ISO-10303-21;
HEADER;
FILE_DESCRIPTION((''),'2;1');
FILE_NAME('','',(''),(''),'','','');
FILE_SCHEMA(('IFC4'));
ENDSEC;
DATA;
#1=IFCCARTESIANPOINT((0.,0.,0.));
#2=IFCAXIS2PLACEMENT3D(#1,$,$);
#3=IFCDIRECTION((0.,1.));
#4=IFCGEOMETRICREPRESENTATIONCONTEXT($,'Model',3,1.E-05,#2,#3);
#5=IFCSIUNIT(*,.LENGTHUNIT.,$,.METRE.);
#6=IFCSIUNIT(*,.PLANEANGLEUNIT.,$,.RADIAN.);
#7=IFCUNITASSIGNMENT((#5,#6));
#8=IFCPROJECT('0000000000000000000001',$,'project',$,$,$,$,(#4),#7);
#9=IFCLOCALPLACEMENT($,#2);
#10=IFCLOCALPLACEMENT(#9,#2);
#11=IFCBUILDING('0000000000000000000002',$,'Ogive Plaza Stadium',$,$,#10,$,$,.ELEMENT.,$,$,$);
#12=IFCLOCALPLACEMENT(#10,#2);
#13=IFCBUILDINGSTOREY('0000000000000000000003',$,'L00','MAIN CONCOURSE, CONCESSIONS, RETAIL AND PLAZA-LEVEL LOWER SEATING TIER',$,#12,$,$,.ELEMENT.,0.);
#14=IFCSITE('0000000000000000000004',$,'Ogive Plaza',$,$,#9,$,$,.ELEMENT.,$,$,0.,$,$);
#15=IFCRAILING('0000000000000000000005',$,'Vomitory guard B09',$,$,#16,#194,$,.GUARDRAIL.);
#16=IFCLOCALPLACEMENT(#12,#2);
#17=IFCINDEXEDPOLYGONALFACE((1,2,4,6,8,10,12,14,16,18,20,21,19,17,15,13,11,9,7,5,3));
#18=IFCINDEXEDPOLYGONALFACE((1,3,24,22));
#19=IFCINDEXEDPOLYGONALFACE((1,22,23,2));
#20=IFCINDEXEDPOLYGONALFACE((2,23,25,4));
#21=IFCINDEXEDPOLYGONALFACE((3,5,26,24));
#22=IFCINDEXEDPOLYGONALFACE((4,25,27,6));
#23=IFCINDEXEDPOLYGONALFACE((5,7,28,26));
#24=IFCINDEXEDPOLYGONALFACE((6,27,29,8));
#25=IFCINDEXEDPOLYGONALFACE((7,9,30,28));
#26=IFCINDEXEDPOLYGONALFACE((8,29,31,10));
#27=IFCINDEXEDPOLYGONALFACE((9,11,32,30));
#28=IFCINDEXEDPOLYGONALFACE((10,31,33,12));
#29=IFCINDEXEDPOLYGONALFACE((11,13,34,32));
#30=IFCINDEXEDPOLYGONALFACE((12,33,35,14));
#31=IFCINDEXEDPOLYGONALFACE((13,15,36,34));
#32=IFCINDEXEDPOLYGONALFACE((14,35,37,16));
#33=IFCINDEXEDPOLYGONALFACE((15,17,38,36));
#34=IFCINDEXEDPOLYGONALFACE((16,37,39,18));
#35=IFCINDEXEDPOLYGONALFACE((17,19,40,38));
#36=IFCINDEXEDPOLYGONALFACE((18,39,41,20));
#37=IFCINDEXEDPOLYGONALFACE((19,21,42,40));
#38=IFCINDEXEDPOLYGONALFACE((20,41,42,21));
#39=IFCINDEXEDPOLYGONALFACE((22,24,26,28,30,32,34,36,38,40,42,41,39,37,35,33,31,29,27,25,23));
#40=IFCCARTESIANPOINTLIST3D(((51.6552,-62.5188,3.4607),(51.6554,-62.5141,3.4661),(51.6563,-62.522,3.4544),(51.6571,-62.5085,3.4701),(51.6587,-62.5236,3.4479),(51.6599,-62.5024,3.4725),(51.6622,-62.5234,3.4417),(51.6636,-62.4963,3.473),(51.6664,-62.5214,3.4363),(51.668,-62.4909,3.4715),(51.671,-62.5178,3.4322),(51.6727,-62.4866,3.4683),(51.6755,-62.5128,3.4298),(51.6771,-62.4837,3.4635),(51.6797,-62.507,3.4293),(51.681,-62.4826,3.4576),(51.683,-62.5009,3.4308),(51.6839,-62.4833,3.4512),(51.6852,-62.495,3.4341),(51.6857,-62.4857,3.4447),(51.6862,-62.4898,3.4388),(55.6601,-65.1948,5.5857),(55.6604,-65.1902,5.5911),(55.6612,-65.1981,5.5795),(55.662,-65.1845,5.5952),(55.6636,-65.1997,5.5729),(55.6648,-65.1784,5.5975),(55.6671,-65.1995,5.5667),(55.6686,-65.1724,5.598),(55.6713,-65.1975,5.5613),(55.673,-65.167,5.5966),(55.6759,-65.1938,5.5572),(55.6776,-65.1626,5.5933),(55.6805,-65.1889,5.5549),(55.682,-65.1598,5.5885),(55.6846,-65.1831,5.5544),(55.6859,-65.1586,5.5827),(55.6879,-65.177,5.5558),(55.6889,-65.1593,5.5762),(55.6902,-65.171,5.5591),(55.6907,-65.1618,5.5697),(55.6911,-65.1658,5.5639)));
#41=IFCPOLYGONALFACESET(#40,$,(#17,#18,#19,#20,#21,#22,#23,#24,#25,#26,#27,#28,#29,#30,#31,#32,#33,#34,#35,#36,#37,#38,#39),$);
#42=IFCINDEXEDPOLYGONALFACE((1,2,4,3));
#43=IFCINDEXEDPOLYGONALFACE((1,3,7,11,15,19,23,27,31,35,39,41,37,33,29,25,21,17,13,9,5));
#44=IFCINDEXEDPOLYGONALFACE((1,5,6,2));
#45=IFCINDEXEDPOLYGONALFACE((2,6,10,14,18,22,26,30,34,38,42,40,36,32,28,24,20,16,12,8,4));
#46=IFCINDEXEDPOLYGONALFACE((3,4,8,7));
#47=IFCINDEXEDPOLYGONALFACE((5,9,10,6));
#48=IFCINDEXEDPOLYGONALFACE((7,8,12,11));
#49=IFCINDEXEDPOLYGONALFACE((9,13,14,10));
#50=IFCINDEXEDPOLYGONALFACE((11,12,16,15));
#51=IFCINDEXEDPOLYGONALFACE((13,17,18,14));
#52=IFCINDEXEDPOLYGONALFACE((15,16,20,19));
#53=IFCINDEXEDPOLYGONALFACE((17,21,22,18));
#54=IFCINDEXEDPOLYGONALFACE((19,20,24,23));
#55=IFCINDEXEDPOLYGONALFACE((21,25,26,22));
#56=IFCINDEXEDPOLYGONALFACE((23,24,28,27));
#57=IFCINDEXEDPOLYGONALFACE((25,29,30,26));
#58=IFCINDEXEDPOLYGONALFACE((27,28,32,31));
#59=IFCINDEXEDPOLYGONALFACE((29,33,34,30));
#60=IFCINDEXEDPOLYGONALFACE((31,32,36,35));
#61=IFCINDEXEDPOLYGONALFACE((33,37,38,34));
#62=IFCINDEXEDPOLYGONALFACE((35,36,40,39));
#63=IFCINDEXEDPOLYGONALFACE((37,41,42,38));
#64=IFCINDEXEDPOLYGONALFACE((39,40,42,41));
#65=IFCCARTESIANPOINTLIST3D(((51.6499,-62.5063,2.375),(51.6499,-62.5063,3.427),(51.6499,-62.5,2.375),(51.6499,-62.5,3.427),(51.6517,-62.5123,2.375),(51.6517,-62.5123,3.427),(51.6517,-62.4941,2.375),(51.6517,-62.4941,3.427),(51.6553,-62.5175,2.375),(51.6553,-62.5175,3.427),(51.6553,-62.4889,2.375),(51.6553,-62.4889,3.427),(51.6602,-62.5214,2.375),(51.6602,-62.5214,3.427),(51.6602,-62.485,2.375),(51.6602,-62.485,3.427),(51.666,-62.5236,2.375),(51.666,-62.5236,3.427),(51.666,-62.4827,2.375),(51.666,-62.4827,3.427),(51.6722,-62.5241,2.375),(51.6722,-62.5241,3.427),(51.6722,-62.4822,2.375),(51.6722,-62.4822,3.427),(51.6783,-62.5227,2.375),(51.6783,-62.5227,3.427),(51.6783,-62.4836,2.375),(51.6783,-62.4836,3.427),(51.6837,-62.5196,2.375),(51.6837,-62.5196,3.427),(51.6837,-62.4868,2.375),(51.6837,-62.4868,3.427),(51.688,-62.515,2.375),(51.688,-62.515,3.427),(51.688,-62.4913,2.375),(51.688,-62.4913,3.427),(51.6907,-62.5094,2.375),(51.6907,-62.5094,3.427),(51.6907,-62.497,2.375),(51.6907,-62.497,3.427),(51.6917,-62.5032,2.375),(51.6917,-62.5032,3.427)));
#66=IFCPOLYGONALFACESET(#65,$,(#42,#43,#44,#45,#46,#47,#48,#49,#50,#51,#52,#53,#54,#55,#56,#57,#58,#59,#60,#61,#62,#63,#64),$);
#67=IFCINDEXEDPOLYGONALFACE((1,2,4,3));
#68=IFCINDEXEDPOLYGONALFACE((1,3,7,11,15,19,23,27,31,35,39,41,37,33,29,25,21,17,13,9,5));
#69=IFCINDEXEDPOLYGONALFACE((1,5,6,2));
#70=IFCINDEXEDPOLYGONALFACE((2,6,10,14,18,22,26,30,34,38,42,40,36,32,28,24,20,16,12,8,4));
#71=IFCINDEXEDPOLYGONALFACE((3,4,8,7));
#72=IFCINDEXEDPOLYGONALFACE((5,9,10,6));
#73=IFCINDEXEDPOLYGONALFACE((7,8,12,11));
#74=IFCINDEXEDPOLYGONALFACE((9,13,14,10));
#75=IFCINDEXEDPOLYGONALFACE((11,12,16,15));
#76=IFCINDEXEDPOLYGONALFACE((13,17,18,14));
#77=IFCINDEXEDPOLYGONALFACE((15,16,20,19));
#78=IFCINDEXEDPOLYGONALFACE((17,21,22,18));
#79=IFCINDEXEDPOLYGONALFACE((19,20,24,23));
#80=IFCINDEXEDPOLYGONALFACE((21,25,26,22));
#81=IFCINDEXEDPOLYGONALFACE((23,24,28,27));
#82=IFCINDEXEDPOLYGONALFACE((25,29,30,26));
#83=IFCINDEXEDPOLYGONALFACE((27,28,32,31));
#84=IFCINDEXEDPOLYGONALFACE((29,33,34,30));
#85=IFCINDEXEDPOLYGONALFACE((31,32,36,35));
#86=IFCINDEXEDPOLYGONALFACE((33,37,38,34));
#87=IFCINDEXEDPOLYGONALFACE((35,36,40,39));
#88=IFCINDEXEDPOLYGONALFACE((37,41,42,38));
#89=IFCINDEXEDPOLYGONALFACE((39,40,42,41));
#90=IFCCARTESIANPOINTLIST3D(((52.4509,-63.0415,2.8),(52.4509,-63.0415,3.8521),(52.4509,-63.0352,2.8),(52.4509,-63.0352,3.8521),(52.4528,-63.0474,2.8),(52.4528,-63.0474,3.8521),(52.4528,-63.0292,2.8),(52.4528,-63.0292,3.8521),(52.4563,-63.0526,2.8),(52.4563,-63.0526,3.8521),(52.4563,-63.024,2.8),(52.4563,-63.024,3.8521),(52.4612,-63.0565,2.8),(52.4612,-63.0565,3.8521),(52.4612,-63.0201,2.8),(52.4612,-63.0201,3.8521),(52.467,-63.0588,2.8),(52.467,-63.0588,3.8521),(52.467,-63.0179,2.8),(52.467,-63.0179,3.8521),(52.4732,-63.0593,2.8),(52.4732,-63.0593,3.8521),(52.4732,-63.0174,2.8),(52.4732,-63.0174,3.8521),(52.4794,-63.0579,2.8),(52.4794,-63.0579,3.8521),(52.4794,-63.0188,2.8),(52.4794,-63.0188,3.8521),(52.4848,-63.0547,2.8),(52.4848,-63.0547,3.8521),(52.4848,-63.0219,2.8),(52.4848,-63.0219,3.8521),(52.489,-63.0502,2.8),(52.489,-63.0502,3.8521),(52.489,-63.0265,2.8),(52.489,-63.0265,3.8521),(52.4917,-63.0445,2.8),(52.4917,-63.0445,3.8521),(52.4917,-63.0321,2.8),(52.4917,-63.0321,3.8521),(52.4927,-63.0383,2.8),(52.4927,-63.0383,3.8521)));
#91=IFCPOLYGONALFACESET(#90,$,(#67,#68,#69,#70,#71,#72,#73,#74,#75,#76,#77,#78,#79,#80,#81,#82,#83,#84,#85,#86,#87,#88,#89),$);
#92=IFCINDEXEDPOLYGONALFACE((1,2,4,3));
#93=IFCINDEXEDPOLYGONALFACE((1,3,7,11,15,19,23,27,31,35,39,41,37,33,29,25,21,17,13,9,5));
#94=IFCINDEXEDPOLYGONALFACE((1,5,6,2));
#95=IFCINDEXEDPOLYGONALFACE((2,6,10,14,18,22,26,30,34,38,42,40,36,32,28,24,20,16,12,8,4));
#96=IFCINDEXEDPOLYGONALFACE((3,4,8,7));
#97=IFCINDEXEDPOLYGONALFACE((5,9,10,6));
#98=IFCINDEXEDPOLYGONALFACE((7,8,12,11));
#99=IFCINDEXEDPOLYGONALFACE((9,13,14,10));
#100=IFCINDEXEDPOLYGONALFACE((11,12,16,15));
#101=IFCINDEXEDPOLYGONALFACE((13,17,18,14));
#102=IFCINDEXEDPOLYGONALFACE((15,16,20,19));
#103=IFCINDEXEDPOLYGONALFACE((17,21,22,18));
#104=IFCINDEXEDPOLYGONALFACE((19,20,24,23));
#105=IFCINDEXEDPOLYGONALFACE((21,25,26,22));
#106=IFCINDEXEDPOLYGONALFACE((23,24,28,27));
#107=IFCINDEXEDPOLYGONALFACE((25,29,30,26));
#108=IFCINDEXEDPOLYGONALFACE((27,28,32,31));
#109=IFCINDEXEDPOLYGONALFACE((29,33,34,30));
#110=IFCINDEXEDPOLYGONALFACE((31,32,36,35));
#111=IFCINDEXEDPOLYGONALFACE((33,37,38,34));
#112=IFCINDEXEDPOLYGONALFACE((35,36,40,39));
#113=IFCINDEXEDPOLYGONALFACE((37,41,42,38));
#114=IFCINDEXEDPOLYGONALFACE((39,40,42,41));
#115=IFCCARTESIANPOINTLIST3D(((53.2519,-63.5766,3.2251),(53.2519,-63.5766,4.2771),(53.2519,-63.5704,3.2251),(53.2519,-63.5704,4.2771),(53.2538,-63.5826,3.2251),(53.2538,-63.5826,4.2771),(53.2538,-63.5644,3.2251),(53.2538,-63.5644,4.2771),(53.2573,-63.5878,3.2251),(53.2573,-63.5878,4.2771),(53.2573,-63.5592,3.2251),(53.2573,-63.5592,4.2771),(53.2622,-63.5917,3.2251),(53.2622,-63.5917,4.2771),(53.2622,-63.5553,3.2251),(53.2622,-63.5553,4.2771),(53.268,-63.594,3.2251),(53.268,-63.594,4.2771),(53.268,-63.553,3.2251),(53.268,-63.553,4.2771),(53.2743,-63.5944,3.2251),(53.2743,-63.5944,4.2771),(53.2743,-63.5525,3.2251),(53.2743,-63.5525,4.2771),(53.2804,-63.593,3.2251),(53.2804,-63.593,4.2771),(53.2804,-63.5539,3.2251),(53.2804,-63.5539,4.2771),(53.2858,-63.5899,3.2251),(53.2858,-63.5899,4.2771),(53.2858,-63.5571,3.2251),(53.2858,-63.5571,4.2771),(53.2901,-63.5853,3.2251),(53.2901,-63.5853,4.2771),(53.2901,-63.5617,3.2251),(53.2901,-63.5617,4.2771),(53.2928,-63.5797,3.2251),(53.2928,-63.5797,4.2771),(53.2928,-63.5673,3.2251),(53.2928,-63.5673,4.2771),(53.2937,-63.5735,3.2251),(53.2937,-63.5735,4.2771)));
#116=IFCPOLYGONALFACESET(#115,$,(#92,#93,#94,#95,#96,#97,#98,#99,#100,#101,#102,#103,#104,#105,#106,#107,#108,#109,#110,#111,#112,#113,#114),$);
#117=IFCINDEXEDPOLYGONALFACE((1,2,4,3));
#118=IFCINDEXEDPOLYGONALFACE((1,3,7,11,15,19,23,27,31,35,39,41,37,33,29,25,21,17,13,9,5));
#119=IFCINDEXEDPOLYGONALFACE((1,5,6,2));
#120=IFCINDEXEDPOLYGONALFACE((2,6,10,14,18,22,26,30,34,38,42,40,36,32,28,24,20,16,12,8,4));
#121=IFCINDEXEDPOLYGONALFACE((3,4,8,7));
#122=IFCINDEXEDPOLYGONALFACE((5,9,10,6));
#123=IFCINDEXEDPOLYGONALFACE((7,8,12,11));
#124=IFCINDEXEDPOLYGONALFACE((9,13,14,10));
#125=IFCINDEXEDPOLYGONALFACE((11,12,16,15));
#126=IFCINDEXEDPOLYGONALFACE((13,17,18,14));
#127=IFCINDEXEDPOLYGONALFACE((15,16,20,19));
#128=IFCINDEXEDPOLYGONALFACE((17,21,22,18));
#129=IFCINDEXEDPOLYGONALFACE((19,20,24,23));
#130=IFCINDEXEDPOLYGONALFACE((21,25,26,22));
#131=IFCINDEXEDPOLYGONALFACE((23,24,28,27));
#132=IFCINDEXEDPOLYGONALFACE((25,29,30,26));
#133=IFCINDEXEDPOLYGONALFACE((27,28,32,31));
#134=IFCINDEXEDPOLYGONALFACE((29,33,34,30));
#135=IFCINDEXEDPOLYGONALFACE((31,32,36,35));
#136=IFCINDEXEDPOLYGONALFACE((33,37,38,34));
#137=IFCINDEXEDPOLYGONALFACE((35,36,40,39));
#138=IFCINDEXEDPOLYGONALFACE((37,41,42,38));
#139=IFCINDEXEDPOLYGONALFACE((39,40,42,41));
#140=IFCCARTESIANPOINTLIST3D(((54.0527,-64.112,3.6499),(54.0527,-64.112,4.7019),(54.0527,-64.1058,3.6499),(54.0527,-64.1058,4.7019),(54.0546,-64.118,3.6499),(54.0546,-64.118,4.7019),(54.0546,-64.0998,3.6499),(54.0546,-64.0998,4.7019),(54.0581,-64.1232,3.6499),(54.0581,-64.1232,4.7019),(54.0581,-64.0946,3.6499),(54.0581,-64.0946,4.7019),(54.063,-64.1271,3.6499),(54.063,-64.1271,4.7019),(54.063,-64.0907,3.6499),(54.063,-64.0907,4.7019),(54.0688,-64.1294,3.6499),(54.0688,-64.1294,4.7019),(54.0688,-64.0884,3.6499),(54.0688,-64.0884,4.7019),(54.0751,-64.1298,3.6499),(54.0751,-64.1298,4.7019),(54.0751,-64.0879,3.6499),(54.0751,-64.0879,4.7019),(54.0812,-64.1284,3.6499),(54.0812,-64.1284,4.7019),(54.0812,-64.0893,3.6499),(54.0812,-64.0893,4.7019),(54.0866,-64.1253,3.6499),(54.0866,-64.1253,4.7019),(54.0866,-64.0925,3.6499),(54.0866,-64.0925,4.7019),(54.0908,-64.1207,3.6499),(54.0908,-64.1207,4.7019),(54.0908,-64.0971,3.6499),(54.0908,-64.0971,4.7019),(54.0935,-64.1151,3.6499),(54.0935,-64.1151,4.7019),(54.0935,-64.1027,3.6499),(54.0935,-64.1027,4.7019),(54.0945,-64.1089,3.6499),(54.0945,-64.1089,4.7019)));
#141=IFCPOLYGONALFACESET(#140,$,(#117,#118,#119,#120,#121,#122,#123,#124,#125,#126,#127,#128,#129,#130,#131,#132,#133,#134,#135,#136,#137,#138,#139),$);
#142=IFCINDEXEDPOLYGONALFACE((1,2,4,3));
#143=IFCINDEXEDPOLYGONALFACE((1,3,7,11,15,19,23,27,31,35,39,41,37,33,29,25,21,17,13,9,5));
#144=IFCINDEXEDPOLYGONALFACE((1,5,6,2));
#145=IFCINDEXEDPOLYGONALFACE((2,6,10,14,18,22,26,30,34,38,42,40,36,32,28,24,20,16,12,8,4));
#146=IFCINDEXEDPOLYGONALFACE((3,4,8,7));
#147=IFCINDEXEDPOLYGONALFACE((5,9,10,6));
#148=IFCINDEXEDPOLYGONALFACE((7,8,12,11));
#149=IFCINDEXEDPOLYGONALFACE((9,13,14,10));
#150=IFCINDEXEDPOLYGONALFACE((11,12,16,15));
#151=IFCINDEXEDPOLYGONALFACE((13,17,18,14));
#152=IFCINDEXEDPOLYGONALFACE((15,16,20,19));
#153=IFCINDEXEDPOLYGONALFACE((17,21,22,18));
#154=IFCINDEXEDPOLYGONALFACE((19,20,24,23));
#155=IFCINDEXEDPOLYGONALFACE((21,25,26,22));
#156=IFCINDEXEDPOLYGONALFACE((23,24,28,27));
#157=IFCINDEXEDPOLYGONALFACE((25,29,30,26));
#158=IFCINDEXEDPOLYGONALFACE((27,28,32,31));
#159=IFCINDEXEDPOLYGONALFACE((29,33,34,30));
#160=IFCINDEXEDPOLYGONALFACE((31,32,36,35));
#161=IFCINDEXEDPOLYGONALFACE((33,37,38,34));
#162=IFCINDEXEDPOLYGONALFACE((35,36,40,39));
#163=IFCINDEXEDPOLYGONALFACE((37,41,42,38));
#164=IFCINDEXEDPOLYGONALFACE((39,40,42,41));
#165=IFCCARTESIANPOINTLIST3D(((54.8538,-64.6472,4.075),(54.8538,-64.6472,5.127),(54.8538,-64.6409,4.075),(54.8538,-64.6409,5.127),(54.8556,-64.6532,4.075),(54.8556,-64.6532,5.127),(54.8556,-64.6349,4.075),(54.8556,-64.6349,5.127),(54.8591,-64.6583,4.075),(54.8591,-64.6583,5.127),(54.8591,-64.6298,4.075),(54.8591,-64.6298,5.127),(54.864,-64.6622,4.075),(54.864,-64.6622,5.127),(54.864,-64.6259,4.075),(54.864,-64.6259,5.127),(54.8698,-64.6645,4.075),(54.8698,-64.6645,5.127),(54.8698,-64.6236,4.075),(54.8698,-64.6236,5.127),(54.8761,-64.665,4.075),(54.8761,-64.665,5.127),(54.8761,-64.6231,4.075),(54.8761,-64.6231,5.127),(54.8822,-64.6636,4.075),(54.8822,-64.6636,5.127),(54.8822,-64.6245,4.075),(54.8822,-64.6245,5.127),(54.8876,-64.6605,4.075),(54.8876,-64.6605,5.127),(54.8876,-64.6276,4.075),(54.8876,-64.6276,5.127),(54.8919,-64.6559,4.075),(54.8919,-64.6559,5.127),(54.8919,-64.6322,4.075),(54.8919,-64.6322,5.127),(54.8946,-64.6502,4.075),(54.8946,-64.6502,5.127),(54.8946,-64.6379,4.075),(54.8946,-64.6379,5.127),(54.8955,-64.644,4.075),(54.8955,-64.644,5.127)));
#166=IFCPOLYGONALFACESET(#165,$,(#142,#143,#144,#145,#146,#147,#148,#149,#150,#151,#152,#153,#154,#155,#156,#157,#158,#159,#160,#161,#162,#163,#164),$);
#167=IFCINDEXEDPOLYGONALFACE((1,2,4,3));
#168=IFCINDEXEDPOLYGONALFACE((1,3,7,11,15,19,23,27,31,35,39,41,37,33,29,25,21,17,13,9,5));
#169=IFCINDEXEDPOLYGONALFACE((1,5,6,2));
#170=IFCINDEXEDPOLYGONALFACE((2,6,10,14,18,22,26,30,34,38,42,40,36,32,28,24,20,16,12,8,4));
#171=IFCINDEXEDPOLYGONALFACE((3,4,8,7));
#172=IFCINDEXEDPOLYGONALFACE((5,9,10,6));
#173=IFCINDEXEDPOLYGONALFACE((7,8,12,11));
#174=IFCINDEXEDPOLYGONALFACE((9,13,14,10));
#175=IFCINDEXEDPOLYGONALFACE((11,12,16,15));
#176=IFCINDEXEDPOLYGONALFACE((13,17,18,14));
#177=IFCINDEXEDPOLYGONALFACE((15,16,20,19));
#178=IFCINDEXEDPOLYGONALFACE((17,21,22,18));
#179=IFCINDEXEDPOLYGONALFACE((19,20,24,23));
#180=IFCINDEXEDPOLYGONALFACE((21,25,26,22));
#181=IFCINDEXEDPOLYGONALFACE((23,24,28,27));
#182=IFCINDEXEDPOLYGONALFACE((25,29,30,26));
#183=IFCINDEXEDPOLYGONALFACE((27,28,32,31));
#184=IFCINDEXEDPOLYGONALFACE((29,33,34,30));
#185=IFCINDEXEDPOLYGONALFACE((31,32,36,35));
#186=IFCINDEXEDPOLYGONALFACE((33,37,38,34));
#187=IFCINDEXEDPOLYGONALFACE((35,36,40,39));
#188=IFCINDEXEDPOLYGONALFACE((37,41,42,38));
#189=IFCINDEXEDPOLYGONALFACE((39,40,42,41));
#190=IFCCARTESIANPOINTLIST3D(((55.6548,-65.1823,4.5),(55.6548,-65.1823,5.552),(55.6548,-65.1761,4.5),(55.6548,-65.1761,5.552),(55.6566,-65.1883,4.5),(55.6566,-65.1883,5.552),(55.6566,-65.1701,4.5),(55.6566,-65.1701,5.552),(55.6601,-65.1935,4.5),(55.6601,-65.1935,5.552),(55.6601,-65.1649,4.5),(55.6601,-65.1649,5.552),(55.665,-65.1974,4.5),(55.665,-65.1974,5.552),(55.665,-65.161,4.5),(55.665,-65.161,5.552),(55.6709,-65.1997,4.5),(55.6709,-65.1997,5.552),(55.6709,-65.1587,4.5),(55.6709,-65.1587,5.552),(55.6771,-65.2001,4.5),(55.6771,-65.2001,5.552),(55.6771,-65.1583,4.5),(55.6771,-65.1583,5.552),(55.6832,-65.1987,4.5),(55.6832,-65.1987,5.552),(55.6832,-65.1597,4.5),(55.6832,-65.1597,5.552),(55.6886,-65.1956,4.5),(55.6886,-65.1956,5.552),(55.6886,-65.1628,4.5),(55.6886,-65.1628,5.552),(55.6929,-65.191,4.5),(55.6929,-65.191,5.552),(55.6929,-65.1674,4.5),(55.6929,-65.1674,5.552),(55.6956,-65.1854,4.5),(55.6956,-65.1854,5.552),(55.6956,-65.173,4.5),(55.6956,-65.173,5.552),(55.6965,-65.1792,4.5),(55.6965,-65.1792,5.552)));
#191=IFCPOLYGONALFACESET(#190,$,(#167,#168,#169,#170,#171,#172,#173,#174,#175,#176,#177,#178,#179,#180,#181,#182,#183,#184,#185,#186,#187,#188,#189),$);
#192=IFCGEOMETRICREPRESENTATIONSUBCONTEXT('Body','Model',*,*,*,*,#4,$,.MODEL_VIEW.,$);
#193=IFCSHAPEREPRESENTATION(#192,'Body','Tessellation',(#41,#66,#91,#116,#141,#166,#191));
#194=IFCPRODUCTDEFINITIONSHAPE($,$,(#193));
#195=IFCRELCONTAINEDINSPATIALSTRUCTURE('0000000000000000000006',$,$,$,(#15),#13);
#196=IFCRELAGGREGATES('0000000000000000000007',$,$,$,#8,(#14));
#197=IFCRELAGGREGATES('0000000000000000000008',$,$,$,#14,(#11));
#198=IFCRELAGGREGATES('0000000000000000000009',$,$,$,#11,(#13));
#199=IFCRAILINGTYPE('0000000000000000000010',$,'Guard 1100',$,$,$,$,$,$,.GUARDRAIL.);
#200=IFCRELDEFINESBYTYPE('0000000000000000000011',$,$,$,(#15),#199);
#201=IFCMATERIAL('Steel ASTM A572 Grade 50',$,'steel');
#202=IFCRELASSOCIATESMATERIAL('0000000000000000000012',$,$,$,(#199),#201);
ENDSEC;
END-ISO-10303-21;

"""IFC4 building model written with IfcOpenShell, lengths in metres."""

from ifc_helpers import new_model, si_unit, direction, frame, origin, origin_2d, place, context, subcontext, project, spatial, circle, extrude, material, type_object, element, save


model = new_model("IFC4")

# Units and contexts
model_context = context("Model", 3, precision=1e-05, world=origin(), true_north=direction((0.0, 1.0)))
body_context = subcontext(model_context, "Body", "Model", "MODEL_VIEW")
ifc_project = project(units=[si_unit("LENGTHUNIT", "METRE"), si_unit("PLANEANGLEUNIT", "RADIAN")], contexts=[model_context])

# Site, building, storey
site_placement = place(None, origin())
site = spatial("IfcSite", under=ifc_project, at=site_placement, Name="Ogive Plaza", CompositionType="ELEMENT", RefElevation=0.0)
building_placement = place(site_placement, origin())
building = spatial("IfcBuilding", under=site, at=building_placement, Name="Ogive Plaza Stadium", CompositionType="ELEMENT")
storey_placement = place(building_placement, origin())
storey = spatial("IfcBuildingStorey", under=building, at=storey_placement, Name="L00", Description="MAIN CONCOURSE, CONCESSIONS, RETAIL AND PLAZA-LEVEL LOWER SEATING TIER", CompositionType="ELEMENT", Elevation=0.0)

# Railing
ifc_material_1 = material(Name="Steel ASTM A572 Grade 50", Category="steel")
railing_type = type_object("IfcRailingType", Name="Guard 1100", PredefinedType="GUARDRAIL", material=ifc_material_1)
for number, where, name in (
    (1, (51.6707, -62.5032, 2.375), "Vomitory guard B09"),
):
    element("IfcRailing", number, at=place(storey_placement, frame(where)), inside=storey, type_object=railing_type, Name=name, PredefinedType="GUARDRAIL", context=body_context, shape_type="SweptSolid", body=[
        extrude(circle(Radius=0.0239, at=origin_2d()), frame((0.0, 0.0, 1.0762), z_axis=(0.760722, -0.508307, 0.403641), x_axis=(0.555577, 0.831465, 0.0)), (0.0, 0.0, 1.0), 5.2646),
        extrude(circle(Radius=0.021, at=origin_2d()), origin(), (0.0, 0.0, 1.0), 1.052),
        extrude(circle(Radius=0.021, at=origin_2d()), frame((0.801, -0.5352, 0.425)), (0.0, 0.0, 1.0), 1.052),
        extrude(circle(Radius=0.021, at=origin_2d()), frame((1.6021, -1.0703, 0.8501)), (0.0, 0.0, 1.0), 1.052),
        extrude(circle(Radius=0.021, at=origin_2d()), frame((2.4028, -1.6057, 1.2749)), (0.0, 0.0, 1.0), 1.052),
        extrude(circle(Radius=0.021, at=origin_2d()), frame((3.2039, -2.1409, 1.7)), (0.0, 0.0, 1.0), 1.052),
        extrude(circle(Radius=0.021, at=origin_2d()), frame((4.0049, -2.676, 2.125)), (0.0, 0.0, 1.0), 1.052),
    ])

save(model, "model.ifc")
